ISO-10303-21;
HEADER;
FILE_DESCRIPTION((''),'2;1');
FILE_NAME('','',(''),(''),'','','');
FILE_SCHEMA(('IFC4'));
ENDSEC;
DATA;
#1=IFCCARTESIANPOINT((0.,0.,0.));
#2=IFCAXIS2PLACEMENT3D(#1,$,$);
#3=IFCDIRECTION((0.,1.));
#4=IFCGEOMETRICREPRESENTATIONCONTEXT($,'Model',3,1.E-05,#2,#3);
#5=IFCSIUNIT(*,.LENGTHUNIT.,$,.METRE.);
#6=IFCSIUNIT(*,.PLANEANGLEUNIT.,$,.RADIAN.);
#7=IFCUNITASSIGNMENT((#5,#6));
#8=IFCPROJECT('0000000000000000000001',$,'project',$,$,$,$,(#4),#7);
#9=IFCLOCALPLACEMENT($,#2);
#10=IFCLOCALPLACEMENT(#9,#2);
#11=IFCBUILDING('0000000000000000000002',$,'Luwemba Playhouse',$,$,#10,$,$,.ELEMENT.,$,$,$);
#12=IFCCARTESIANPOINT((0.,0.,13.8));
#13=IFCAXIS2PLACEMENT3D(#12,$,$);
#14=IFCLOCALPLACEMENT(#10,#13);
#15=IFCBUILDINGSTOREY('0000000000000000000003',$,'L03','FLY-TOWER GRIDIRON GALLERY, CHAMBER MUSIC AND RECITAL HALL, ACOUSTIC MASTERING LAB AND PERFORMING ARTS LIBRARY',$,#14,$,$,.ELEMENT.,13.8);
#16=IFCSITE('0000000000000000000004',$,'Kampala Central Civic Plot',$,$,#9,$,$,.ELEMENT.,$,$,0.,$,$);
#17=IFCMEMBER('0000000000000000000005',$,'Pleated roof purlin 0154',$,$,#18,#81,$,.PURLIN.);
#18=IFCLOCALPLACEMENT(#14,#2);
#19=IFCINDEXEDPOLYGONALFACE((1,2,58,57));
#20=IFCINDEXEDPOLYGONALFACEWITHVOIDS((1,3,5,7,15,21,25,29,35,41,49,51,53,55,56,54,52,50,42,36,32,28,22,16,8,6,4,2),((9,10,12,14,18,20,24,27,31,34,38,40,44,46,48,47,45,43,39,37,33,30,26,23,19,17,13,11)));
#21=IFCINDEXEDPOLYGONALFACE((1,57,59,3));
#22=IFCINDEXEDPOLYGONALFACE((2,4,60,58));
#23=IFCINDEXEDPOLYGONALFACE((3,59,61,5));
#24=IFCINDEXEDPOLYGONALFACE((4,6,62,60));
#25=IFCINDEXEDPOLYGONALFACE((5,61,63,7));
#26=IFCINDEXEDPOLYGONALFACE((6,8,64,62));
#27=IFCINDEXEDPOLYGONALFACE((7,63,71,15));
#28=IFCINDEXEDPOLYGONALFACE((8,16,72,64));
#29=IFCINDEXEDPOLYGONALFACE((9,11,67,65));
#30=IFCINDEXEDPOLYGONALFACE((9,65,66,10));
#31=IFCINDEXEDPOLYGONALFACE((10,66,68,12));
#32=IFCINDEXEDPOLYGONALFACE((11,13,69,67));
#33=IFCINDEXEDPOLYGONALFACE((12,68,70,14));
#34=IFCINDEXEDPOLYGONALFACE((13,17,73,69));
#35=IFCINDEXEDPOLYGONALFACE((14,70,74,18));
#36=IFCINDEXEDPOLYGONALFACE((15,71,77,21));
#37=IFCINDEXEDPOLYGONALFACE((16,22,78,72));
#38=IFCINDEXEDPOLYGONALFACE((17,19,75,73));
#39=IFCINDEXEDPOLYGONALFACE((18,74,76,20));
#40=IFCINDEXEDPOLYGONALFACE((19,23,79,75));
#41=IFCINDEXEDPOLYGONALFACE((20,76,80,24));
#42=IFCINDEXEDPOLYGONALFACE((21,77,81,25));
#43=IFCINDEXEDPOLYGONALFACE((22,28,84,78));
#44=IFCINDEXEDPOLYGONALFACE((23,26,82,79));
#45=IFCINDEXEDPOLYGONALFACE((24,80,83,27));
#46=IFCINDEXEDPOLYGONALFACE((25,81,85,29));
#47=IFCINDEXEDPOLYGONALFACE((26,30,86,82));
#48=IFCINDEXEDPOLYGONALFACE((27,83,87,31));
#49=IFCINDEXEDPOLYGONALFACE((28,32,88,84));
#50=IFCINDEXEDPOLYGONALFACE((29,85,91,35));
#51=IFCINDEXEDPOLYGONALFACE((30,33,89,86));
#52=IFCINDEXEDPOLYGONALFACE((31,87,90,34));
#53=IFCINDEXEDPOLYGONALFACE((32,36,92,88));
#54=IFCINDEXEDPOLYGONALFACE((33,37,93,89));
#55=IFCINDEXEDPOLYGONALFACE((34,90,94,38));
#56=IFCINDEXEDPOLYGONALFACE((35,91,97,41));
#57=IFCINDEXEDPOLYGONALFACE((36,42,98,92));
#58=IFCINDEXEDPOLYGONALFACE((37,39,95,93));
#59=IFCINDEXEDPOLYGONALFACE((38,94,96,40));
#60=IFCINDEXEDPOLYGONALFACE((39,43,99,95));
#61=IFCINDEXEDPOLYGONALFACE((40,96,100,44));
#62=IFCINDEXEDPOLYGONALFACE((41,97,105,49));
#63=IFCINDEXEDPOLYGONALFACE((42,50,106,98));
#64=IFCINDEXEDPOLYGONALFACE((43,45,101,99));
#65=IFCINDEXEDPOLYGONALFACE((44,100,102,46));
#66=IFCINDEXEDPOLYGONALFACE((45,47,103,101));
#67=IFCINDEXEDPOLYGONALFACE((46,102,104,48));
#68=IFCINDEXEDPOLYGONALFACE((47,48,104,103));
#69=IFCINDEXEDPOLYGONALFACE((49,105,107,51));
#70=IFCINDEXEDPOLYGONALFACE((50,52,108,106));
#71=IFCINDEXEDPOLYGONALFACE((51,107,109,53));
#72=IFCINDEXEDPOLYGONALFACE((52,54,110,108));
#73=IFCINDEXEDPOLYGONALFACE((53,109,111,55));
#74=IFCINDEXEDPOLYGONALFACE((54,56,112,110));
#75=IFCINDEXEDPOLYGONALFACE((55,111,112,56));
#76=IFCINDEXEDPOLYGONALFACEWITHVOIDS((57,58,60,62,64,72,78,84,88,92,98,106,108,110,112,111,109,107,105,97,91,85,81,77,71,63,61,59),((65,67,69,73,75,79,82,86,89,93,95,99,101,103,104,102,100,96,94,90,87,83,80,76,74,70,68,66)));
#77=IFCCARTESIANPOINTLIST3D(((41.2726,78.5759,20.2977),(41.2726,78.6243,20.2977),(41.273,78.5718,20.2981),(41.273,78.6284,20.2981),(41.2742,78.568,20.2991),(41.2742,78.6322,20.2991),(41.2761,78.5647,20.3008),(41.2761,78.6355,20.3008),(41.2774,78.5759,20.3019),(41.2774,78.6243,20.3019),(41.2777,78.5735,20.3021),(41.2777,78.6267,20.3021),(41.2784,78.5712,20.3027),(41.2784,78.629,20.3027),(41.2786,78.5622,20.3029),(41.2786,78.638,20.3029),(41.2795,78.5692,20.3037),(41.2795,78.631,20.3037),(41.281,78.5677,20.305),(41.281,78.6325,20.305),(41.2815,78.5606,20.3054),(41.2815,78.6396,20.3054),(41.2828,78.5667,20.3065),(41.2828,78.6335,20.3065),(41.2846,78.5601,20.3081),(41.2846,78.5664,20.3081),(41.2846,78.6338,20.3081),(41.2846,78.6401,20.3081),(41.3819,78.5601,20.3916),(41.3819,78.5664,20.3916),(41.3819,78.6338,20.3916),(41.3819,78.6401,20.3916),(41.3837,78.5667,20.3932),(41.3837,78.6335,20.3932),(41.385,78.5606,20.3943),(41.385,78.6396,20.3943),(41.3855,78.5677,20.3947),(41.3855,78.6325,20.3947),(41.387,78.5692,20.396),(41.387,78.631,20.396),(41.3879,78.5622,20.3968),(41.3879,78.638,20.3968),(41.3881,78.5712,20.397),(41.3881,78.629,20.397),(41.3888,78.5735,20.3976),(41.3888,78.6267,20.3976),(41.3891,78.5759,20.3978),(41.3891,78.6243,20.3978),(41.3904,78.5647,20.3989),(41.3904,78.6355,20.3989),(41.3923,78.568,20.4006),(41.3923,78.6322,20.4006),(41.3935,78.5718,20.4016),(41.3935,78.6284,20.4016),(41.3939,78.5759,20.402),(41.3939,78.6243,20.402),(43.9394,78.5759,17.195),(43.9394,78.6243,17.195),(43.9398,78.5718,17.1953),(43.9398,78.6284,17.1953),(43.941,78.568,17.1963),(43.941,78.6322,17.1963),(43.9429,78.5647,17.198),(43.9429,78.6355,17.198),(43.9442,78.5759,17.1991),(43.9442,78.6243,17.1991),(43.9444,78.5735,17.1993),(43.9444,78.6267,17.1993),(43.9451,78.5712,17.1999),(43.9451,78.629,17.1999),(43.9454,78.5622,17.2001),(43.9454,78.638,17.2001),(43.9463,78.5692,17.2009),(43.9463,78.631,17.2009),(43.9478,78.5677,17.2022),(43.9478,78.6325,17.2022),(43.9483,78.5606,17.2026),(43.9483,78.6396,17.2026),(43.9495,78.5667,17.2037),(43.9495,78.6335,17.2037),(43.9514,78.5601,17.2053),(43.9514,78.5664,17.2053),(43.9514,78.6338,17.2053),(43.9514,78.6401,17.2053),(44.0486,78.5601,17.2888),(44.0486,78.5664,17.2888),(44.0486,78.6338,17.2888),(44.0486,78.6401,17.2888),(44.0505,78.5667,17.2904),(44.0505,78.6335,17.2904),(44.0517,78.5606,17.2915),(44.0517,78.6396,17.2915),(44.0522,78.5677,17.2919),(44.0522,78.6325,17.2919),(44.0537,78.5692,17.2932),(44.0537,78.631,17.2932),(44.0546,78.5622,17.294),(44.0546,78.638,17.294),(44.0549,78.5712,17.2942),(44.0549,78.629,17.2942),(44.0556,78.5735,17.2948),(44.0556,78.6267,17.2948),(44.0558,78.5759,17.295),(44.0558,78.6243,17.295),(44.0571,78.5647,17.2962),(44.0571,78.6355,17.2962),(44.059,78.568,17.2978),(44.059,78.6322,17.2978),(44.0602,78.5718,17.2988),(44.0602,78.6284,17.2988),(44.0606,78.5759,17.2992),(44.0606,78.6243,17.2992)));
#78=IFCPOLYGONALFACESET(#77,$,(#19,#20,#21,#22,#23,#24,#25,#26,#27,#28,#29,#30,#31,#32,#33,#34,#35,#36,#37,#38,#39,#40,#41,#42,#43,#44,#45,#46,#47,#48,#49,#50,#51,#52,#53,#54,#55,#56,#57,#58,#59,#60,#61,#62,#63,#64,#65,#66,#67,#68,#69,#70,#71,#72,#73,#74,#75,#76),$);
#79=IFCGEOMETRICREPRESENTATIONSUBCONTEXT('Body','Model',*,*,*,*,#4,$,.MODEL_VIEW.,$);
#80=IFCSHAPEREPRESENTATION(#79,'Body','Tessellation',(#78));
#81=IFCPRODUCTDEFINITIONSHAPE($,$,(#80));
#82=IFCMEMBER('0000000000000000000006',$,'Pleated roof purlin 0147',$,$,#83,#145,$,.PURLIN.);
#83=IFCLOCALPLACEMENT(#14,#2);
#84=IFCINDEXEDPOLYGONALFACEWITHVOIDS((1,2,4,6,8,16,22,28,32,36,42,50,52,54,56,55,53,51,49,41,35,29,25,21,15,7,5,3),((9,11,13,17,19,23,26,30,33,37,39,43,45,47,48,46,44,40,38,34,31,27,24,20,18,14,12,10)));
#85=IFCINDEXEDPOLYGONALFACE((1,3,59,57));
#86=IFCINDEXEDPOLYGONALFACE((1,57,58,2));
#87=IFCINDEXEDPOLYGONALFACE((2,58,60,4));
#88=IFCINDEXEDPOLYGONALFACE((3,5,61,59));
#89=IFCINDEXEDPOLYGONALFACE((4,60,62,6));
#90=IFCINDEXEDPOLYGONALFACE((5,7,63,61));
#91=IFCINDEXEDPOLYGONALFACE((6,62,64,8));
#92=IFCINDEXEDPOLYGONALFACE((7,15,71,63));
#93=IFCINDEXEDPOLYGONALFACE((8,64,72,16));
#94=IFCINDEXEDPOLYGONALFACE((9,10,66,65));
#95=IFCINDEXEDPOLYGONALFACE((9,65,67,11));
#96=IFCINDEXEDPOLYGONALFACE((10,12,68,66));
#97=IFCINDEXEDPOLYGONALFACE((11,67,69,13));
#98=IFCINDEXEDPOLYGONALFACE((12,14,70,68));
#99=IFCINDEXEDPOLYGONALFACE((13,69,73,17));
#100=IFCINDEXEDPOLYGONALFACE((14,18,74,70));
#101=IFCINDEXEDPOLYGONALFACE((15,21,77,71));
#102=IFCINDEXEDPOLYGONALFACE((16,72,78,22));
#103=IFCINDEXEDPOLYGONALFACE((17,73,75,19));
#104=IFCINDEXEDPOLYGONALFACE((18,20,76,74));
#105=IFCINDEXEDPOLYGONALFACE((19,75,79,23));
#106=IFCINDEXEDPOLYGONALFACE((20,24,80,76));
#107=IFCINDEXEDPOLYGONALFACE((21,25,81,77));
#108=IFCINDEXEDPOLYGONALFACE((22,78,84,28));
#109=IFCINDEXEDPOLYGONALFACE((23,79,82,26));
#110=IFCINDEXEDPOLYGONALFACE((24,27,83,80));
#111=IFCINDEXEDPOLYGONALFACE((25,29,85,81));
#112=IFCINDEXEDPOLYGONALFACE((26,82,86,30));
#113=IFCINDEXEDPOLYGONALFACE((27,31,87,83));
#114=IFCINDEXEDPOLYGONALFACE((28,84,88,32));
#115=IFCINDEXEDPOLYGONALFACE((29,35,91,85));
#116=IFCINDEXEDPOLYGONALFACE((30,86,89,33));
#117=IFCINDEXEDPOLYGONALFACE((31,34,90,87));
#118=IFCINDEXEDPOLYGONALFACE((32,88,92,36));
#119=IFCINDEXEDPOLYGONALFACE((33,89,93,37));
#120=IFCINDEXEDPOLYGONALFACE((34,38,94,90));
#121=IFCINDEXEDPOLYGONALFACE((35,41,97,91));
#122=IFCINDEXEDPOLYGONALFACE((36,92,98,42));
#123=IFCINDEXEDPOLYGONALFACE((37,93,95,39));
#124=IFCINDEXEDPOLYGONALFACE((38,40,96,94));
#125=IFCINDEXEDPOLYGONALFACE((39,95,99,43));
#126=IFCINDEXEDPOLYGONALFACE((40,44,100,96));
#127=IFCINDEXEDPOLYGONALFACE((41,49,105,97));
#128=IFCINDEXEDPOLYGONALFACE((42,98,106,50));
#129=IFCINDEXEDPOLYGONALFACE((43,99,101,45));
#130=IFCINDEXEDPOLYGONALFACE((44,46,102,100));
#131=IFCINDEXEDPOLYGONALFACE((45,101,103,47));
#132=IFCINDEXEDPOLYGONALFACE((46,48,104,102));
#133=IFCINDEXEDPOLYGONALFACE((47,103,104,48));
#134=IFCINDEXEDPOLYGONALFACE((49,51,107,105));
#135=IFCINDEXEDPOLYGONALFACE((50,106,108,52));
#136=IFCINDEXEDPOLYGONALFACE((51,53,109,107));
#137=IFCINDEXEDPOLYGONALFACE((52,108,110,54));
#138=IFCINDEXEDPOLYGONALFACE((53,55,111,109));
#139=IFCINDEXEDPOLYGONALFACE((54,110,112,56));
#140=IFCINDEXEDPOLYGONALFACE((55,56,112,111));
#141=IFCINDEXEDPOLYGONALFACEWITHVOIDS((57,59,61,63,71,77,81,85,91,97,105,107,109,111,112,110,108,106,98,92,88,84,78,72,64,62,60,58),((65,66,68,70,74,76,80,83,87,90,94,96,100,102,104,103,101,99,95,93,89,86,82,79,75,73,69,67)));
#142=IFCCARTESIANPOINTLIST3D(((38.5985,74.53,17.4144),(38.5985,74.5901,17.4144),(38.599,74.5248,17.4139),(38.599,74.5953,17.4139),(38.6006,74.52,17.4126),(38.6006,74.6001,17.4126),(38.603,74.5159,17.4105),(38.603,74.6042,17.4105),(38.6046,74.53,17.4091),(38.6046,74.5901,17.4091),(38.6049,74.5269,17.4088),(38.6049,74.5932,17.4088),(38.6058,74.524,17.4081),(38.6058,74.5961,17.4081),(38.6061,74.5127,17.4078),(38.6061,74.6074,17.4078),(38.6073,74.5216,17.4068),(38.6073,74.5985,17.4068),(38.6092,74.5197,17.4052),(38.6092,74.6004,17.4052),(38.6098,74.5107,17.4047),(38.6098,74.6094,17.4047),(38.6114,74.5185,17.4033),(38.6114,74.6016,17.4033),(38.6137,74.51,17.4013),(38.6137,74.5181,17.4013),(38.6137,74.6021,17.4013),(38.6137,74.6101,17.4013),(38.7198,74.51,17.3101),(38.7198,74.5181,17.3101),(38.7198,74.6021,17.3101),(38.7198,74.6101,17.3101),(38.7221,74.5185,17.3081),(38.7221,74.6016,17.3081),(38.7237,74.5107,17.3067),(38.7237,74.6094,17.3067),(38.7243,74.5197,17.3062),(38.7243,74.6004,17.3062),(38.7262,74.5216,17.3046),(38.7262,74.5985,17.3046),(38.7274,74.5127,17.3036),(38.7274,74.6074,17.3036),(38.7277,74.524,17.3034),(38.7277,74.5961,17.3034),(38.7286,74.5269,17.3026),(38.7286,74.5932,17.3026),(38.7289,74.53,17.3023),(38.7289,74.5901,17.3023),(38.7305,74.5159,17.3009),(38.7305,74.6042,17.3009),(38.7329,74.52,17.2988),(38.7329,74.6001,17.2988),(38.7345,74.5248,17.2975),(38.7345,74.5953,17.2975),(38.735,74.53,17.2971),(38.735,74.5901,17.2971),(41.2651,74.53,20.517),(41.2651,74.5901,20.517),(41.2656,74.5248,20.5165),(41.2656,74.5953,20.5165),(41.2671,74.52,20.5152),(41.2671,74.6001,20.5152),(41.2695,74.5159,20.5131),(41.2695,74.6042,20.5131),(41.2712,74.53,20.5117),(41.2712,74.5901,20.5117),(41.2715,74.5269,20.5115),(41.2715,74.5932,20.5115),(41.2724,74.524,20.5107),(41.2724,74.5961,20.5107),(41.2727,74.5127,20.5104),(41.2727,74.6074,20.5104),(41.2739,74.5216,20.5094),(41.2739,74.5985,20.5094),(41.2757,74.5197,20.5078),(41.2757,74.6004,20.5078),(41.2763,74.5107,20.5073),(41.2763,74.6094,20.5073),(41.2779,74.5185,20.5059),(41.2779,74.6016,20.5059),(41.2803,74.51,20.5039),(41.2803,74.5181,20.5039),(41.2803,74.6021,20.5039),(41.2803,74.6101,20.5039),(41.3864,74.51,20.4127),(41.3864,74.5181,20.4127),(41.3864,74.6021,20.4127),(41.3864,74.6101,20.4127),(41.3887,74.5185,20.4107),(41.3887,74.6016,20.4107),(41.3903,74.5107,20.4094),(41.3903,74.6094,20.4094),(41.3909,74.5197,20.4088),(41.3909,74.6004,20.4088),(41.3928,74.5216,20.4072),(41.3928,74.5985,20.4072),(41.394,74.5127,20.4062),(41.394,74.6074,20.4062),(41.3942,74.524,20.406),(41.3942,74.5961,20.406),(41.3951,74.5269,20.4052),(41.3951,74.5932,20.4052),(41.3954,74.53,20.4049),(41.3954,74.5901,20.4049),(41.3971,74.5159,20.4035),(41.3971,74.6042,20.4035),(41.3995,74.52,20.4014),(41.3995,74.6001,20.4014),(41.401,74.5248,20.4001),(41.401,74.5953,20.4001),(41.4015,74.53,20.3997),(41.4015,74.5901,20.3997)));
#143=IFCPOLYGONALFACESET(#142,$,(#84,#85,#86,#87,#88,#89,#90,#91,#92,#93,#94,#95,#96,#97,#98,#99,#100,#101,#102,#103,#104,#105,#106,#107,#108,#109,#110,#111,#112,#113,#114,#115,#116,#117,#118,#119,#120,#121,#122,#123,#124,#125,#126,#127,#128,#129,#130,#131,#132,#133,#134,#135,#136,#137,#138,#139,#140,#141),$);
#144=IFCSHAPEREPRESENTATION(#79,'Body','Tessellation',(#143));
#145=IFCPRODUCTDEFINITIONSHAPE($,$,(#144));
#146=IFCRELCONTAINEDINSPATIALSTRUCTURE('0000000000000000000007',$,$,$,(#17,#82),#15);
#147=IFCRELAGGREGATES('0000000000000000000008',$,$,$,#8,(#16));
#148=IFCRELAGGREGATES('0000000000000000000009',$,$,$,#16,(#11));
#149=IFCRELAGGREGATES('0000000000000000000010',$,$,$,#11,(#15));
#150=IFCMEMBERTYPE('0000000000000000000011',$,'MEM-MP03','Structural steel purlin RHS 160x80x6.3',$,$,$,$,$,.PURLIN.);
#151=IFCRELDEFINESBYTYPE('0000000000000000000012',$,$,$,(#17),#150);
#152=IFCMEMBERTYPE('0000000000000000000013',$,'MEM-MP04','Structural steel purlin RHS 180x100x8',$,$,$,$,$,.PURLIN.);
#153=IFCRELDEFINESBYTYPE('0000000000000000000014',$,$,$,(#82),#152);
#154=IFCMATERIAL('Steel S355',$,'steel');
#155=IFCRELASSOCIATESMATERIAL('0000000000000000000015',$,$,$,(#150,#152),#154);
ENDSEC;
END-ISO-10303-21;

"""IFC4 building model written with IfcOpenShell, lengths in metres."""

from ifc_helpers import new_model, si_unit, direction, frame, origin, origin_2d, place, context, subcontext, project, spatial, hollow_rectangle, extrude, material, material_profile, profile_set, type_object, element, save


model = new_model("IFC4")

# Units and contexts
model_context = context("Model", 3, precision=1e-05, world=origin(), true_north=direction((0.0, 1.0)))
body_context = subcontext(model_context, "Body", "Model", "MODEL_VIEW")
ifc_project = project(units=[si_unit("LENGTHUNIT", "METRE"), si_unit("PLANEANGLEUNIT", "RADIAN")], contexts=[model_context])

# Site, building, storey
site_placement = place(None, origin())
site = spatial("IfcSite", under=ifc_project, at=site_placement, Name="Kampala Central Civic Plot", CompositionType="ELEMENT", RefElevation=0.0)
building_placement = place(site_placement, origin())
building = spatial("IfcBuilding", under=site, at=building_placement, Name="Luwemba Playhouse", CompositionType="ELEMENT")
storey_placement = place(building_placement, frame((0.0, 0.0, 13.8)))
storey = spatial("IfcBuildingStorey", under=building, at=storey_placement, Name="L03", Description="FLY-TOWER GRIDIRON GALLERY, CHAMBER MUSIC AND RECITAL HALL, ACOUSTIC MASTERING LAB AND PERFORMING ARTS LIBRARY", CompositionType="ELEMENT", Elevation=13.8)

# Shared definitions
ifc_material_1 = material(Name="Steel S355", Category="steel")

# Members
ifc_material_profile_1 = material_profile(ifc_material_1, hollow_rectangle(XDim=0.0801, YDim=0.1599, WallThickness=0.0063, InnerFilletRadius=0.0095, OuterFilletRadius=0.0159, at=origin_2d()))
ifc_profile_set_1 = profile_set([ifc_material_profile_1], Name="Steel S355")
member_type_1 = type_object("IfcMemberType", Name="MEM-MP03", Description="Structural steel purlin RHS 160x80x6.3", PredefinedType="PURLIN", material=ifc_profile_set_1)
member_1_placement = place(storey_placement, frame((41.3333, 78.6001, 20.3499), z_axis=(0.651808, 0.0, -0.758384), x_axis=(0.0, 1.0, 0.0)))
element("IfcMember", 1, at=member_1_placement, inside=storey, type_object=member_type_1, Name="Pleated roof purlin 0154", PredefinedType="PURLIN", context=body_context, shape_type="SweptSolid", body=[
    extrude(hollow_rectangle(XDim=0.0801, YDim=0.1599, WallThickness=0.0063, InnerFilletRadius=0.0095, OuterFilletRadius=0.0159, at=origin_2d()), origin(), (0.0, 0.0, 1.0), 4.0913),
])
ifc_material_profile_2 = material_profile(ifc_material_1, hollow_rectangle(XDim=0.1001, YDim=0.1799, WallThickness=0.0081, InnerFilletRadius=0.012, OuterFilletRadius=0.02, at=origin_2d()))
ifc_profile_set_2 = profile_set([ifc_material_profile_2], Name="Steel S355")
member_type_2 = type_object("IfcMemberType", Name="MEM-MP04", Description="Structural steel purlin RHS 180x100x8", PredefinedType="PURLIN", material=ifc_profile_set_2)
for number, where, z_axis, x_axis, name in (
    (2, (38.6667, 74.5601, 17.3557), (0.651803, 0.0, 0.758388), (0.0, 1.0, 0.0), "Pleated roof purlin 0147"),
):
    element("IfcMember", number, at=place(storey_placement, frame(where, z_axis=z_axis, x_axis=x_axis)), inside=storey, type_object=member_type_2, Name=name, PredefinedType="PURLIN", context=body_context, shape_type="SweptSolid", body=[
        extrude(hollow_rectangle(XDim=0.1001, YDim=0.1799, WallThickness=0.0081, InnerFilletRadius=0.012, OuterFilletRadius=0.02, at=origin_2d()), origin(), (0.0, 0.0, 1.0), 4.0911),
    ])

save(model, "model.ifc")
